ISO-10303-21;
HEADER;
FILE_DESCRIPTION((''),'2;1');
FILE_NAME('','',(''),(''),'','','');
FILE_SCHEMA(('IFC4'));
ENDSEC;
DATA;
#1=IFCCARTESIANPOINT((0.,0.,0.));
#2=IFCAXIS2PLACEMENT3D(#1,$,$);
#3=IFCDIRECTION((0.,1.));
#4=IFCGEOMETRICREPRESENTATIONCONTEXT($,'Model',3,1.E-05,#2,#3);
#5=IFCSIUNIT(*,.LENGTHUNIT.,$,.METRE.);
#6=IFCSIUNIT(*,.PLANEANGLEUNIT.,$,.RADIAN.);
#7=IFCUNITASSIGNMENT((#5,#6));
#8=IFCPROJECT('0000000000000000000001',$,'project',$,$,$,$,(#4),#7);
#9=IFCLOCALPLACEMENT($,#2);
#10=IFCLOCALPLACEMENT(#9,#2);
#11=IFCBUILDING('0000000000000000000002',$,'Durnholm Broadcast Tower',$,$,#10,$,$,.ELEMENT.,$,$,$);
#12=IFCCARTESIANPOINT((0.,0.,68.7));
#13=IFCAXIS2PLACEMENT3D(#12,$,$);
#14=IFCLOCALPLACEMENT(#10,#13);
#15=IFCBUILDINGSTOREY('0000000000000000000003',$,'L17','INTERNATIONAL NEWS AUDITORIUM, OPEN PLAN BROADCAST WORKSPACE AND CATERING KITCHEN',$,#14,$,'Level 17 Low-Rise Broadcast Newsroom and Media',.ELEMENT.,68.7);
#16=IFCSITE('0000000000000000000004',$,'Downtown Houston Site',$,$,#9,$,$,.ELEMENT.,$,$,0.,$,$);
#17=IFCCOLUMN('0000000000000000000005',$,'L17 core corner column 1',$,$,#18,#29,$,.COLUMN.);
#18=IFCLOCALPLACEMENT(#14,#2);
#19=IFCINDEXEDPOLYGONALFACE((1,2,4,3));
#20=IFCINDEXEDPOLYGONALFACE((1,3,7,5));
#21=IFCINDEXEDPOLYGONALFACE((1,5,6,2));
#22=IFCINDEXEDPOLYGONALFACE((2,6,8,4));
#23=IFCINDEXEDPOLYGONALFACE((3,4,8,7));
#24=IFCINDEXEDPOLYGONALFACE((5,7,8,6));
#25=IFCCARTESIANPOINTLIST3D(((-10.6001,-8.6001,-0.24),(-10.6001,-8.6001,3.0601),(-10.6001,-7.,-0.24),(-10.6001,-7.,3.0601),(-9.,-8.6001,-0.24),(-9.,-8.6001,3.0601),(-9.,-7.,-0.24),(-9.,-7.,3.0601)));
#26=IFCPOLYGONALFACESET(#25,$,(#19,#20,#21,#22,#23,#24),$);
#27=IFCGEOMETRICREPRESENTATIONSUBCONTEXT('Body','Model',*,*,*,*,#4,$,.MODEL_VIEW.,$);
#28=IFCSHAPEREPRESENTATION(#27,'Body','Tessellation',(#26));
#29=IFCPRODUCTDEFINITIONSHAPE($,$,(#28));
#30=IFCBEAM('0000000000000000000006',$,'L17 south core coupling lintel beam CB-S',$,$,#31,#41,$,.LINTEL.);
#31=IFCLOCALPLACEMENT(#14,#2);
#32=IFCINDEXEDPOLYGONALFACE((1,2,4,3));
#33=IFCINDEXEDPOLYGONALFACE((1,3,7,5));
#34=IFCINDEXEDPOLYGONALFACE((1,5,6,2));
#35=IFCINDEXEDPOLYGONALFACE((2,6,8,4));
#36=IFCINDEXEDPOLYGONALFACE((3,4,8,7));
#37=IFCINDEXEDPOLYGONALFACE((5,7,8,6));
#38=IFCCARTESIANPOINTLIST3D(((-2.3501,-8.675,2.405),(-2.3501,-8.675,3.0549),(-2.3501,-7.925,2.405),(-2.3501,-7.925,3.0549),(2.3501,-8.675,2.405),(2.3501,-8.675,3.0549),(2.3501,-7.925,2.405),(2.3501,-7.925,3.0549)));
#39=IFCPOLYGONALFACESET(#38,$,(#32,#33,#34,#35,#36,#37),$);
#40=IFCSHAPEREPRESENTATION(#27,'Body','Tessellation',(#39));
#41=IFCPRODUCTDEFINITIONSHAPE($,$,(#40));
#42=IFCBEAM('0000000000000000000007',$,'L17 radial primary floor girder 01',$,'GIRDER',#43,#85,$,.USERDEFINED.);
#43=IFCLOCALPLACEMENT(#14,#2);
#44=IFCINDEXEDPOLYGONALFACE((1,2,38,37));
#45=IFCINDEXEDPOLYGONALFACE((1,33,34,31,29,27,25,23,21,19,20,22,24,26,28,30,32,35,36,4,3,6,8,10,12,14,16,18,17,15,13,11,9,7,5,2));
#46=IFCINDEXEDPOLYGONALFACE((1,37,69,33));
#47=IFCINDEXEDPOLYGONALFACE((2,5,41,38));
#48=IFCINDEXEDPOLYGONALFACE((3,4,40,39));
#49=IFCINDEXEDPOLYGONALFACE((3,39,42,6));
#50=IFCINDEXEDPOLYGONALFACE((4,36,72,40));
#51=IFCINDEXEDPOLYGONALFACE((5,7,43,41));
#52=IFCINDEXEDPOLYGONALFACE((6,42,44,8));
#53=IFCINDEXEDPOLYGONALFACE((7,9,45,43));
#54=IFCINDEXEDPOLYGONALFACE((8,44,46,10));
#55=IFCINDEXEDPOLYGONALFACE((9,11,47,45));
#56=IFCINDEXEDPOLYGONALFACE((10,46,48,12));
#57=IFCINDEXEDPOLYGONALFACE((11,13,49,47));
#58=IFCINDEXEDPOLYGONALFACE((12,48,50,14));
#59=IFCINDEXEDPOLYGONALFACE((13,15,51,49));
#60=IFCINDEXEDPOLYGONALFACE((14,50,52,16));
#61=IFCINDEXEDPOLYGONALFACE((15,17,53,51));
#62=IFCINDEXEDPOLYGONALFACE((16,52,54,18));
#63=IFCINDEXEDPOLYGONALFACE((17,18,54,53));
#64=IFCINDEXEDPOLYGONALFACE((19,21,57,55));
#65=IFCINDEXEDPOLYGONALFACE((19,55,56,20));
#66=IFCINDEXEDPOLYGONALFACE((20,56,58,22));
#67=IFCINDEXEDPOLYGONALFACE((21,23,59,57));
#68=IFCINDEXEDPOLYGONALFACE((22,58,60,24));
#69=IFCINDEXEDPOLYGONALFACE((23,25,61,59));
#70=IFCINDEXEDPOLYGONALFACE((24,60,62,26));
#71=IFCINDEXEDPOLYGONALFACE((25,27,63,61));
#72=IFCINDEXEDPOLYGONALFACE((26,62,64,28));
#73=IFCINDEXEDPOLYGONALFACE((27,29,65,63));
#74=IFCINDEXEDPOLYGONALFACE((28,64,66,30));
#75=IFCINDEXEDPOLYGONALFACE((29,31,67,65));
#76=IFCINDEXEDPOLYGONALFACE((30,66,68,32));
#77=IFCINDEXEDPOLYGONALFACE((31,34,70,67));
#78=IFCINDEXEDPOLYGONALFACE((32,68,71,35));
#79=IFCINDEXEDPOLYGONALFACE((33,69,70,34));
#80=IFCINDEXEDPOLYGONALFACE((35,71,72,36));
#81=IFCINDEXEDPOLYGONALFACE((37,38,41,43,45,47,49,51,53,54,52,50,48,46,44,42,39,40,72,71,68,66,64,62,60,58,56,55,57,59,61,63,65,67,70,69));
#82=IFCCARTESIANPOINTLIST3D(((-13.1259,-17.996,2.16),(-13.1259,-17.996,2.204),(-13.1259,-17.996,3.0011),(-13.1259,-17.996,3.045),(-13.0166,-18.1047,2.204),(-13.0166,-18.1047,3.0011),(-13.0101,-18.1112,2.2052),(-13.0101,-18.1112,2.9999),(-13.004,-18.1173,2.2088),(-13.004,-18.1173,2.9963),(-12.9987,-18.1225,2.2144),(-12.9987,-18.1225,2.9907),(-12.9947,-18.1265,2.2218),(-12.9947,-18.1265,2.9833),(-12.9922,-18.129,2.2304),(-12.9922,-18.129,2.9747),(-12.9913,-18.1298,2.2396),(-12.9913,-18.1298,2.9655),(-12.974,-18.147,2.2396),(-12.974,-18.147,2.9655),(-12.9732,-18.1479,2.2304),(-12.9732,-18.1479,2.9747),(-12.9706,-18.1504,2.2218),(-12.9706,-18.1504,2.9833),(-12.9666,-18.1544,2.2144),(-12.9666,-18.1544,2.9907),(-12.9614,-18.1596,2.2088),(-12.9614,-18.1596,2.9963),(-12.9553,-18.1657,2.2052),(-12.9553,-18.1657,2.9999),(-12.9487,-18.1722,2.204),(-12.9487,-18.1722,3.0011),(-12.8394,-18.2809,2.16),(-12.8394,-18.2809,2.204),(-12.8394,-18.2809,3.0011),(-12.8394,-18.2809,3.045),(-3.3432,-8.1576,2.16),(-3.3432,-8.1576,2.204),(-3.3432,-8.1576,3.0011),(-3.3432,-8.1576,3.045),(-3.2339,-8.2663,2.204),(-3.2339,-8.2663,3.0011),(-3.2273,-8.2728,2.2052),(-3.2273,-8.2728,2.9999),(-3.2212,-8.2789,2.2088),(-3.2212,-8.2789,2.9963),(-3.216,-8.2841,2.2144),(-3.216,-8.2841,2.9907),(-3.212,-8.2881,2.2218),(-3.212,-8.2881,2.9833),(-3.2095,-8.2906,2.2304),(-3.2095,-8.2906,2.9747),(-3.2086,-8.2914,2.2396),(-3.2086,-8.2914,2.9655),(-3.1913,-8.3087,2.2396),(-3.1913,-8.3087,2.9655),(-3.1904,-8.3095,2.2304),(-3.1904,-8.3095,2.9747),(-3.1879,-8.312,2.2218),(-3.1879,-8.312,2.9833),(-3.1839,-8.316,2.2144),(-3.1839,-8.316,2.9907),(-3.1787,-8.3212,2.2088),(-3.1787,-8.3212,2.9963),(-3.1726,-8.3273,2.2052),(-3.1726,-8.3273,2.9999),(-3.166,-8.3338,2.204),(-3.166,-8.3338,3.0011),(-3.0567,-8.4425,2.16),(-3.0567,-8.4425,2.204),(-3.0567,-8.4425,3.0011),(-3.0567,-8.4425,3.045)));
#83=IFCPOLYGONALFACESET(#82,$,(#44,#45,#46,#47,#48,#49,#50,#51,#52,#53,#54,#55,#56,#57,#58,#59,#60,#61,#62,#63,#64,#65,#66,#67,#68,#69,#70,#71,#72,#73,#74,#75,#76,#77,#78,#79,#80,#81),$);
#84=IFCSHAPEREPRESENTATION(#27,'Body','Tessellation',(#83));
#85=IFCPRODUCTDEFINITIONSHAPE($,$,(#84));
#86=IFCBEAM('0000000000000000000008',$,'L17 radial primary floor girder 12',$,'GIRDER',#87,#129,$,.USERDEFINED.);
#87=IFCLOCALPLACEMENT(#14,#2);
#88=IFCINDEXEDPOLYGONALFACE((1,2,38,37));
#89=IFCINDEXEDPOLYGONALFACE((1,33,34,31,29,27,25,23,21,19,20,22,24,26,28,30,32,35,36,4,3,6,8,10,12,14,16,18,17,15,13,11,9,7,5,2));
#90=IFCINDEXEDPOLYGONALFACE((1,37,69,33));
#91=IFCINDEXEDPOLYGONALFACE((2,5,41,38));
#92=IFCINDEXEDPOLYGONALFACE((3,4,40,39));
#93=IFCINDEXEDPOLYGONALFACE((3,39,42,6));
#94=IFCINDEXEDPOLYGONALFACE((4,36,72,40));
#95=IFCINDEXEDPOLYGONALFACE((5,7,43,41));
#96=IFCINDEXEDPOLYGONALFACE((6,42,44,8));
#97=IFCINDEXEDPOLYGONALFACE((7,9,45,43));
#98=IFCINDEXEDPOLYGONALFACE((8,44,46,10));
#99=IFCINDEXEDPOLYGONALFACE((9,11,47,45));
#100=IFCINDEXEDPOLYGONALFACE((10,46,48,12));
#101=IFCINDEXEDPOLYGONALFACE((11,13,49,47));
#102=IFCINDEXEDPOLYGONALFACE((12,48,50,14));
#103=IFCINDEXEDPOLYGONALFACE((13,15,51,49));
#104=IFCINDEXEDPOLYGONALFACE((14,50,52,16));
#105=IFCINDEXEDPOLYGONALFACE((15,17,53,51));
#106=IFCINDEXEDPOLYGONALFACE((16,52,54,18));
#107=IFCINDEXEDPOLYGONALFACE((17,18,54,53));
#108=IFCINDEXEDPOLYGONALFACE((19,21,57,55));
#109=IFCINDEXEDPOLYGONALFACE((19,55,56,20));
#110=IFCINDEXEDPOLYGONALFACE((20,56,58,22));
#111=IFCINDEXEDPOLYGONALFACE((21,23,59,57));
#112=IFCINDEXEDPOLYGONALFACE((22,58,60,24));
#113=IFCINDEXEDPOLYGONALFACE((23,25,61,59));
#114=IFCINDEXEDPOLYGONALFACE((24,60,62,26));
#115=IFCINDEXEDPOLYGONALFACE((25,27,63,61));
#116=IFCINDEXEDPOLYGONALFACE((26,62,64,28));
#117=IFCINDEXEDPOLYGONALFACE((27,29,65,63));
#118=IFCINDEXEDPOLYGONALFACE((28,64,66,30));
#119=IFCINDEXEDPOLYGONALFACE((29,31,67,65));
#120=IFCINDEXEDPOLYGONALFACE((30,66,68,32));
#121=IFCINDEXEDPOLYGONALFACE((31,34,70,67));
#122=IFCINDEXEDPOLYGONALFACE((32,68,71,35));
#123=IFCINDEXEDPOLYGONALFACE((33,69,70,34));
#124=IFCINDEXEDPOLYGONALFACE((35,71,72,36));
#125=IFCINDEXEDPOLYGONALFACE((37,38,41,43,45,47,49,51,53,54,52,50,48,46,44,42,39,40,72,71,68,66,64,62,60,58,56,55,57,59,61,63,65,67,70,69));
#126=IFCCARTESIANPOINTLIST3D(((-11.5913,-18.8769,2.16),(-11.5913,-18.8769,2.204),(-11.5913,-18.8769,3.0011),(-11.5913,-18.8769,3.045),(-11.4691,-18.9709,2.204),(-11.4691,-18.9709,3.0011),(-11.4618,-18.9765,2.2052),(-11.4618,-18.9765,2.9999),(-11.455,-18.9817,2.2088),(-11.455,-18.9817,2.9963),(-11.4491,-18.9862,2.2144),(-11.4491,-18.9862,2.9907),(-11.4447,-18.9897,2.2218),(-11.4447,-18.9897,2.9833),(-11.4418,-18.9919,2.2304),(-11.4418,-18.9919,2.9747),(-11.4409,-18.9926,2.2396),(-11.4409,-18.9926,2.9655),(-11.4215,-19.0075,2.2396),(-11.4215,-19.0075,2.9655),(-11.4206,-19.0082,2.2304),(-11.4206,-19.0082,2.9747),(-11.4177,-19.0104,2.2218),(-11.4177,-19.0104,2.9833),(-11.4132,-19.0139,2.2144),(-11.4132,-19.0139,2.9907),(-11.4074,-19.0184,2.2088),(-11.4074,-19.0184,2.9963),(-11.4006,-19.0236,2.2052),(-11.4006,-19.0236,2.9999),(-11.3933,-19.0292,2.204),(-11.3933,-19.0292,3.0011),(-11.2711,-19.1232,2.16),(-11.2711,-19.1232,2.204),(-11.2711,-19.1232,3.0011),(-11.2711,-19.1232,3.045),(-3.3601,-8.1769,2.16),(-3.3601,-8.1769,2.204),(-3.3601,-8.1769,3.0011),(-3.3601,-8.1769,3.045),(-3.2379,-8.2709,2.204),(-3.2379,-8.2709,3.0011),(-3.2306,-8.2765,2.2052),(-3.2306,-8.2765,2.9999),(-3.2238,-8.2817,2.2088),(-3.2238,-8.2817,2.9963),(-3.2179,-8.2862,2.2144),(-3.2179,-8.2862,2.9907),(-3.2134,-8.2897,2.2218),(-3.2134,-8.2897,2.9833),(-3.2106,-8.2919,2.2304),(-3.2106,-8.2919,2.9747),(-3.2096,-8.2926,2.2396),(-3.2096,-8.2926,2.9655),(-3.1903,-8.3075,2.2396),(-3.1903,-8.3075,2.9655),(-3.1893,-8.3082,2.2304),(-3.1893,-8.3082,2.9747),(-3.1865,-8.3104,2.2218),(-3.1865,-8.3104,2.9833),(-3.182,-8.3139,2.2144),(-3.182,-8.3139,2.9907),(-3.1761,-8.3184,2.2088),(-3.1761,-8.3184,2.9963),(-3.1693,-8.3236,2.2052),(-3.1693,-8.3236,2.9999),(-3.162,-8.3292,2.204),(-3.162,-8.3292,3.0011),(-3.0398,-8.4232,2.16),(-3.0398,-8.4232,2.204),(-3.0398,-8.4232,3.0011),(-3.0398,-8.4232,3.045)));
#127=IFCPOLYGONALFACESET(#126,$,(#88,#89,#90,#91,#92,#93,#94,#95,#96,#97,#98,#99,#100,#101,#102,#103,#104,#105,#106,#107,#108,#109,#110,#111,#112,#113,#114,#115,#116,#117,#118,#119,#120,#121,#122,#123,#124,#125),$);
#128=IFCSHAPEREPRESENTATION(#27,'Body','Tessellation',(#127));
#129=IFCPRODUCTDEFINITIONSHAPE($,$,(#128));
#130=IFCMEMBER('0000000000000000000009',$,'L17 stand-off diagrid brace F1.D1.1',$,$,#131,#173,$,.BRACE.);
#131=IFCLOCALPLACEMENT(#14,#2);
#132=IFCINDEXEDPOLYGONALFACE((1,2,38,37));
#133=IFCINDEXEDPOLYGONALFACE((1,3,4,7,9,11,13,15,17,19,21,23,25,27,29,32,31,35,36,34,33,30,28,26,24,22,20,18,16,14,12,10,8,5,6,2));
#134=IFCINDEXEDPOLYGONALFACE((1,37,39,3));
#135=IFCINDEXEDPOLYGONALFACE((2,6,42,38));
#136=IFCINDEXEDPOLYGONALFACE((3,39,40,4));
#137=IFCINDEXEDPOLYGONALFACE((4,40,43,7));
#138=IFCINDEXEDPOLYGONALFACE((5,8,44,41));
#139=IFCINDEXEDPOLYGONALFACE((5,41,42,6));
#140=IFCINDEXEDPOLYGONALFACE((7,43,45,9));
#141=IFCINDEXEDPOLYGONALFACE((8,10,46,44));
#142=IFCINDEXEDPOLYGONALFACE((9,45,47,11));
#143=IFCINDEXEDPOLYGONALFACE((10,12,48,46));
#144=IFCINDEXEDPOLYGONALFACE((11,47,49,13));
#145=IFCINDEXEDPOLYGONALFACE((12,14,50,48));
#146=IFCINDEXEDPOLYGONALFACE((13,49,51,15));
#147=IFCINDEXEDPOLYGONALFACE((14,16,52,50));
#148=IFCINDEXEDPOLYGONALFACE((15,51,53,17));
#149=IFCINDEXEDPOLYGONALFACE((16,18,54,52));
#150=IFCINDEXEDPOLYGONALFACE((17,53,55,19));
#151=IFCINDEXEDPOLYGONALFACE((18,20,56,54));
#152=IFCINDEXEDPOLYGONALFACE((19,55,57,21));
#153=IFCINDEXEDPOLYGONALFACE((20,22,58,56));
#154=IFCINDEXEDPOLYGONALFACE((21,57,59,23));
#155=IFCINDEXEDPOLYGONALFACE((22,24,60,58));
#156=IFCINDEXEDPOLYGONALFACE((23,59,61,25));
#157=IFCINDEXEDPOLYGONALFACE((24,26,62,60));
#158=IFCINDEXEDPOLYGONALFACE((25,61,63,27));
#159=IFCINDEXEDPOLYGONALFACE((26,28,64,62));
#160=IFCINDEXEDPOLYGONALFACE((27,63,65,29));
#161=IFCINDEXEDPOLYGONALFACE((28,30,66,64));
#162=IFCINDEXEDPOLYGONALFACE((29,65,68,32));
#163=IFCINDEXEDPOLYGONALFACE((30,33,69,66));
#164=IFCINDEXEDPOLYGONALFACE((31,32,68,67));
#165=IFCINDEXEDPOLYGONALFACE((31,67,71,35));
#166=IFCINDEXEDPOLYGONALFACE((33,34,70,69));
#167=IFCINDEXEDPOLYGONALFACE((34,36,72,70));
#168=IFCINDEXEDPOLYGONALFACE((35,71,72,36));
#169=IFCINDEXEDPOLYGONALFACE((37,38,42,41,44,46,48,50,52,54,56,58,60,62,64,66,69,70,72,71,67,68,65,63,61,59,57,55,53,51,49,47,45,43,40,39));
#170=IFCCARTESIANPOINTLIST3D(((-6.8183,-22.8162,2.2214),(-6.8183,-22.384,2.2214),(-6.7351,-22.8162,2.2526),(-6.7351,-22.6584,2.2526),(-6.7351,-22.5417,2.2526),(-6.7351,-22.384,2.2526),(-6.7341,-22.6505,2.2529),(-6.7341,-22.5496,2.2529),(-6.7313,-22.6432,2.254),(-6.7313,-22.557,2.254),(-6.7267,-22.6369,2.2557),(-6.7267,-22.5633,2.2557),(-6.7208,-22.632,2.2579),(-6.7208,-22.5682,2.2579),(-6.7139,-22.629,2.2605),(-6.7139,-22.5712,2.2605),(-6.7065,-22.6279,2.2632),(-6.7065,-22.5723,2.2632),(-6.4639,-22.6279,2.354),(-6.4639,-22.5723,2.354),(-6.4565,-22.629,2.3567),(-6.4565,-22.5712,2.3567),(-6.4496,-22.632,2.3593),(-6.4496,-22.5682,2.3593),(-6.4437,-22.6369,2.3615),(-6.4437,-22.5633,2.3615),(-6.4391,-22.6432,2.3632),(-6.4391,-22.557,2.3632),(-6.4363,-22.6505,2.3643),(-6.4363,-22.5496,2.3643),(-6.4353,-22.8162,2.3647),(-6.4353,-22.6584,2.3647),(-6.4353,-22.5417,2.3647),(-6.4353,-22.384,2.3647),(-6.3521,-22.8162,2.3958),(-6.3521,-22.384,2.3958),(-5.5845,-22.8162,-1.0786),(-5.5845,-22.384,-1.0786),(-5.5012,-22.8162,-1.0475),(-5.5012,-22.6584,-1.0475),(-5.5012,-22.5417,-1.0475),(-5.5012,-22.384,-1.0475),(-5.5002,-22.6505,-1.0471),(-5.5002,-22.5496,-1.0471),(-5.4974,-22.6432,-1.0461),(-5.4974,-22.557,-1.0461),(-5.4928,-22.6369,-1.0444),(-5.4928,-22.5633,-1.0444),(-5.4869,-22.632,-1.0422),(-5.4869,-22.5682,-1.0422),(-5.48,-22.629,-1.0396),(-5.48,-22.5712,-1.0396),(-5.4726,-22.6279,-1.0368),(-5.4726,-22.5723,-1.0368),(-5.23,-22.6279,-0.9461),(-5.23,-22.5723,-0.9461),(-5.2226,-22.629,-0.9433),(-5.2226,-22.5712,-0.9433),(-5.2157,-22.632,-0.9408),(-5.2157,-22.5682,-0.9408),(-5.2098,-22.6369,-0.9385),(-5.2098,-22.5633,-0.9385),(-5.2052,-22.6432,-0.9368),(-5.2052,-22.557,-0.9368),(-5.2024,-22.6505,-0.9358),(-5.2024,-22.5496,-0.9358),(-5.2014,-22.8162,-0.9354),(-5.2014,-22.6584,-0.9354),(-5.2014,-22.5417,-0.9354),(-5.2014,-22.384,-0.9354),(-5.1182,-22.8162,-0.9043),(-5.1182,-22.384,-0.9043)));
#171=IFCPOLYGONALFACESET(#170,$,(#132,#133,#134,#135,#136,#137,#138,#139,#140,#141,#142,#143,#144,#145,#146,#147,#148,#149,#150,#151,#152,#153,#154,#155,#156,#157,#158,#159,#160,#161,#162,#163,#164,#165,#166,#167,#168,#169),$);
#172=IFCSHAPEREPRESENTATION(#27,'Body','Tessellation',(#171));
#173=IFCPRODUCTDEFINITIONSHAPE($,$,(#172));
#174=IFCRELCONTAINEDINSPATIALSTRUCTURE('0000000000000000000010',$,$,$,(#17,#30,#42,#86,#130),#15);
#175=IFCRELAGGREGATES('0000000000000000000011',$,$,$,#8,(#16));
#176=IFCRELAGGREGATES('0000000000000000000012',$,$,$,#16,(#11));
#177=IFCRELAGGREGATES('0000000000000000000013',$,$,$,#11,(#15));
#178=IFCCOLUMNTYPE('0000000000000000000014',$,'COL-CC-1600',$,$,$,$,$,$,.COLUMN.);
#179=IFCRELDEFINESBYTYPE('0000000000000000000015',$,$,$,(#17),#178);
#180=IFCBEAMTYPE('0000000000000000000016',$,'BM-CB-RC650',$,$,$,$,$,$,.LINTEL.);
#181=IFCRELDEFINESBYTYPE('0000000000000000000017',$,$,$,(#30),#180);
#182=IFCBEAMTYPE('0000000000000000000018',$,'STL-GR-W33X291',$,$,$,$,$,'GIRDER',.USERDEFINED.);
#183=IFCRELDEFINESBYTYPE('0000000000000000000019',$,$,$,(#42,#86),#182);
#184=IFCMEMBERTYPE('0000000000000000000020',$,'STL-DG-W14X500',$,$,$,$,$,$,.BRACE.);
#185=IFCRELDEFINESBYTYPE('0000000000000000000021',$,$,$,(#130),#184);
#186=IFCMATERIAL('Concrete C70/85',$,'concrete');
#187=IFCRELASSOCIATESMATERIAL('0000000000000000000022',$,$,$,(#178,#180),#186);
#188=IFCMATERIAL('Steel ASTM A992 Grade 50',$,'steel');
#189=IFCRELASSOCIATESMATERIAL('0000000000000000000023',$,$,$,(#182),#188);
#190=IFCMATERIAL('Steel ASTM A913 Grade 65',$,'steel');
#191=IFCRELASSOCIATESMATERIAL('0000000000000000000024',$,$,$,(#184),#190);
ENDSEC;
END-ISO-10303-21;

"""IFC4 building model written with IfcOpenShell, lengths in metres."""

from ifc_helpers import new_model, si_unit, direction, frame, origin, origin_2d, place, context, subcontext, project, spatial, rectangle, i_section, extrude, source, transform, mapped, material, material_profile, profile_set, type_object, type_shapes, element, save


model = new_model("IFC4")

# Units and contexts
model_context = context("Model", 3, precision=1e-05, world=origin(), true_north=direction((0.0, 1.0)))
body_context = subcontext(model_context, "Body", "Model", "MODEL_VIEW")
ifc_project = project(units=[si_unit("LENGTHUNIT", "METRE"), si_unit("PLANEANGLEUNIT", "RADIAN")], contexts=[model_context])

# Site, building, storey
site_placement = place(None, origin())
site = spatial("IfcSite", under=ifc_project, at=site_placement, Name="Downtown Houston Site", CompositionType="ELEMENT", RefElevation=0.0)
building_placement = place(site_placement, origin())
building = spatial("IfcBuilding", under=site, at=building_placement, Name="Durnholm Broadcast Tower", CompositionType="ELEMENT")
storey_placement = place(building_placement, frame((0.0, 0.0, 68.7)))
storey = spatial("IfcBuildingStorey", under=building, at=storey_placement, Name="L17", Description="INTERNATIONAL NEWS AUDITORIUM, OPEN PLAN BROADCAST WORKSPACE AND CATERING KITCHEN", LongName="Level 17 Low-Rise Broadcast Newsroom and Media", CompositionType="ELEMENT", Elevation=68.7)

# Column
ifc_material_1 = material(Name="Concrete C70/85", Category="concrete")
ifc_material_profile_1 = material_profile(ifc_material_1, rectangle(XDim=1.6001, YDim=1.6001, at=origin_2d()), Name="RC1600X1600")
ifc_profile_set_1 = profile_set([ifc_material_profile_1], Name="Concrete C70/85")
column_type = type_object("IfcColumnType", Name="COL-CC-1600", PredefinedType="COLUMN", material=ifc_profile_set_1)
shared_shape_1 = source(origin(), body_context, "Body", "SweptSolid", [
    extrude(rectangle(XDim=1.6001, YDim=1.6001, at=origin_2d()), origin(), (0.0, 0.0, 1.0), 3.3),
])
type_shapes(column_type, [shared_shape_1])
column_placement = place(storey_placement, frame((-9.8, -7.8, -0.24), z_axis=(0.0, 0.0, 1.0), x_axis=(1.0, 0.0, 0.0)))
element("IfcColumn", 1, at=column_placement, inside=storey, type_object=column_type, Name="L17 core corner column 1", PredefinedType="COLUMN", context=body_context, shape_type="MappedRepresentation", body=[
    mapped(shared_shape_1, transform((0.0, 0.0, 0.0), x_axis=(1.0, 0.0, 0.0), y_axis=(0.0, 1.0, 0.0), z_axis=(0.0, 0.0, 1.0), scale=1.0)),
])

# Beams
ifc_material_profile_2 = material_profile(ifc_material_1, rectangle(XDim=0.75, YDim=0.6499, at=origin_2d()), Name="RC750X650")
ifc_profile_set_2 = profile_set([ifc_material_profile_2], Name="Concrete C70/85")
beam_type_1 = type_object("IfcBeamType", Name="BM-CB-RC650", PredefinedType="LINTEL", material=ifc_profile_set_2)
shared_shape_2 = source(origin(), body_context, "Body", "SweptSolid", [
    extrude(rectangle(XDim=0.75, YDim=0.6499, at=origin_2d()), origin(), (0.0, 0.0, 1.0), 4.7002),
])
type_shapes(beam_type_1, [shared_shape_2])
beam_1_placement = place(storey_placement, frame((-2.3501, -8.3, 2.73), z_axis=(1.0, 0.0, 0.0), x_axis=(0.0, 1.0, 0.0)))
element("IfcBeam", 2, at=beam_1_placement, inside=storey, type_object=beam_type_1, Name="L17 south core coupling lintel beam CB-S", PredefinedType="LINTEL", context=body_context, shape_type="MappedRepresentation", body=[
    mapped(shared_shape_2, transform((0.0, 0.0, 0.0), x_axis=(1.0, 0.0, 0.0), y_axis=(0.0, 1.0, 0.0), z_axis=(0.0, 0.0, 1.0), scale=1.0)),
])
ifc_material_2 = material(Name="Steel ASTM A992 Grade 50", Category="steel")
ifc_material_profile_3 = material_profile(ifc_material_2, i_section(OverallWidth=0.4041, OverallDepth=0.885, WebThickness=0.0244, FlangeThickness=0.0439, FilletRadius=0.0356, at=origin_2d()), Name="W33X291")
ifc_profile_set_3 = profile_set([ifc_material_profile_3], Name="Steel ASTM A992 Grade 50")
beam_type_2 = type_object("IfcBeamType", Name="STL-GR-W33X291", ElementType="GIRDER", PredefinedType="USERDEFINED", material=ifc_profile_set_3)
shared_shape_3 = source(origin(), body_context, "Body", "SweptSolid", [
    extrude(i_section(OverallWidth=0.4041, OverallDepth=0.885, WebThickness=0.0244, FlangeThickness=0.0439, FilletRadius=0.0356, at=origin_2d()), origin(), (0.0, 0.0, 1.0), 13.8743),
])
beam_2_placement = place(storey_placement, frame((-3.2, -8.3, 2.6025), z_axis=(-0.705098, -0.70911, 0.0), x_axis=(0.70911, -0.705098, 0.0)))
element("IfcBeam", 3, at=beam_2_placement, inside=storey, type_object=beam_type_2, Name="L17 radial primary floor girder 01", ObjectType="GIRDER", PredefinedType="USERDEFINED", context=body_context, shape_type="MappedRepresentation", body=[
    mapped(shared_shape_3, transform((0.0, 0.0, 0.0), x_axis=(1.0, 0.0, 0.0), y_axis=(0.0, 1.0, 0.0), z_axis=(0.0, 0.0, 1.0), scale=1.0)),
])
shared_shape_4 = source(origin(), body_context, "Body", "SweptSolid", [
    extrude(i_section(OverallWidth=0.4041, OverallDepth=0.885, WebThickness=0.0244, FlangeThickness=0.0439, FilletRadius=0.0356, at=origin_2d()), origin(), (0.0, 0.0, 1.0), 13.4998),
])
type_shapes(beam_type_2, [shared_shape_3, shared_shape_4])
beam_3_placement = place(storey_placement, frame((-3.2, -8.3, 2.6025), z_axis=(-0.609733, -0.792607, 0.0), x_axis=(0.792607, -0.609733, 0.0)))
element("IfcBeam", 4, at=beam_3_placement, inside=storey, type_object=beam_type_2, Name="L17 radial primary floor girder 12", ObjectType="GIRDER", PredefinedType="USERDEFINED", context=body_context, shape_type="MappedRepresentation", body=[
    mapped(shared_shape_4, transform((0.0, 0.0, 0.0), x_axis=(1.0, 0.0, 0.0), y_axis=(0.0, 1.0, 0.0), z_axis=(0.0, 0.0, 1.0), scale=1.0)),
])

# Member
ifc_material_3 = material(Name="Steel ASTM A913 Grade 65", Category="steel")
ifc_material_profile_4 = material_profile(ifc_material_3, i_section(OverallWidth=0.4321, OverallDepth=0.4978, WebThickness=0.0557, FlangeThickness=0.0889, FilletRadius=0.0305, at=origin_2d()), Name="W14X500")
ifc_profile_set_4 = profile_set([ifc_material_profile_4], Name="Steel ASTM A913 Grade 65")
member_type_1 = type_object("IfcMemberType", Name="STL-DG-W14X500", PredefinedType="BRACE", material=ifc_profile_set_4)
shared_shape_5 = source(origin(), body_context, "Body", "SweptSolid", [
    extrude(i_section(OverallWidth=0.4321, OverallDepth=0.4978, WebThickness=0.0557, FlangeThickness=0.0889, FilletRadius=0.0305, at=origin_2d()), origin(), (0.0, 0.0, 1.0), 3.5232),
])
type_shapes(member_type_1, [shared_shape_5])
for number, where, z_axis, x_axis, name in (
    (5, (-5.3513, -22.6001, -0.9915), (-0.35022, 0.0, 0.936668), (0.0, -1.0, 0.0), "L17 stand-off diagrid brace F1.D1.1"),
):
    element("IfcMember", number, at=place(storey_placement, frame(where, z_axis=z_axis, x_axis=x_axis)), inside=storey, type_object=member_type_1, Name=name, PredefinedType="BRACE", context=body_context, shape_type="MappedRepresentation", body=[
        mapped(shared_shape_5, transform((0.0, 0.0, 0.0), x_axis=(1.0, 0.0, 0.0), y_axis=(0.0, 1.0, 0.0), z_axis=(0.0, 0.0, 1.0), scale=1.0)),
    ])

save(model, "model.ifc")
